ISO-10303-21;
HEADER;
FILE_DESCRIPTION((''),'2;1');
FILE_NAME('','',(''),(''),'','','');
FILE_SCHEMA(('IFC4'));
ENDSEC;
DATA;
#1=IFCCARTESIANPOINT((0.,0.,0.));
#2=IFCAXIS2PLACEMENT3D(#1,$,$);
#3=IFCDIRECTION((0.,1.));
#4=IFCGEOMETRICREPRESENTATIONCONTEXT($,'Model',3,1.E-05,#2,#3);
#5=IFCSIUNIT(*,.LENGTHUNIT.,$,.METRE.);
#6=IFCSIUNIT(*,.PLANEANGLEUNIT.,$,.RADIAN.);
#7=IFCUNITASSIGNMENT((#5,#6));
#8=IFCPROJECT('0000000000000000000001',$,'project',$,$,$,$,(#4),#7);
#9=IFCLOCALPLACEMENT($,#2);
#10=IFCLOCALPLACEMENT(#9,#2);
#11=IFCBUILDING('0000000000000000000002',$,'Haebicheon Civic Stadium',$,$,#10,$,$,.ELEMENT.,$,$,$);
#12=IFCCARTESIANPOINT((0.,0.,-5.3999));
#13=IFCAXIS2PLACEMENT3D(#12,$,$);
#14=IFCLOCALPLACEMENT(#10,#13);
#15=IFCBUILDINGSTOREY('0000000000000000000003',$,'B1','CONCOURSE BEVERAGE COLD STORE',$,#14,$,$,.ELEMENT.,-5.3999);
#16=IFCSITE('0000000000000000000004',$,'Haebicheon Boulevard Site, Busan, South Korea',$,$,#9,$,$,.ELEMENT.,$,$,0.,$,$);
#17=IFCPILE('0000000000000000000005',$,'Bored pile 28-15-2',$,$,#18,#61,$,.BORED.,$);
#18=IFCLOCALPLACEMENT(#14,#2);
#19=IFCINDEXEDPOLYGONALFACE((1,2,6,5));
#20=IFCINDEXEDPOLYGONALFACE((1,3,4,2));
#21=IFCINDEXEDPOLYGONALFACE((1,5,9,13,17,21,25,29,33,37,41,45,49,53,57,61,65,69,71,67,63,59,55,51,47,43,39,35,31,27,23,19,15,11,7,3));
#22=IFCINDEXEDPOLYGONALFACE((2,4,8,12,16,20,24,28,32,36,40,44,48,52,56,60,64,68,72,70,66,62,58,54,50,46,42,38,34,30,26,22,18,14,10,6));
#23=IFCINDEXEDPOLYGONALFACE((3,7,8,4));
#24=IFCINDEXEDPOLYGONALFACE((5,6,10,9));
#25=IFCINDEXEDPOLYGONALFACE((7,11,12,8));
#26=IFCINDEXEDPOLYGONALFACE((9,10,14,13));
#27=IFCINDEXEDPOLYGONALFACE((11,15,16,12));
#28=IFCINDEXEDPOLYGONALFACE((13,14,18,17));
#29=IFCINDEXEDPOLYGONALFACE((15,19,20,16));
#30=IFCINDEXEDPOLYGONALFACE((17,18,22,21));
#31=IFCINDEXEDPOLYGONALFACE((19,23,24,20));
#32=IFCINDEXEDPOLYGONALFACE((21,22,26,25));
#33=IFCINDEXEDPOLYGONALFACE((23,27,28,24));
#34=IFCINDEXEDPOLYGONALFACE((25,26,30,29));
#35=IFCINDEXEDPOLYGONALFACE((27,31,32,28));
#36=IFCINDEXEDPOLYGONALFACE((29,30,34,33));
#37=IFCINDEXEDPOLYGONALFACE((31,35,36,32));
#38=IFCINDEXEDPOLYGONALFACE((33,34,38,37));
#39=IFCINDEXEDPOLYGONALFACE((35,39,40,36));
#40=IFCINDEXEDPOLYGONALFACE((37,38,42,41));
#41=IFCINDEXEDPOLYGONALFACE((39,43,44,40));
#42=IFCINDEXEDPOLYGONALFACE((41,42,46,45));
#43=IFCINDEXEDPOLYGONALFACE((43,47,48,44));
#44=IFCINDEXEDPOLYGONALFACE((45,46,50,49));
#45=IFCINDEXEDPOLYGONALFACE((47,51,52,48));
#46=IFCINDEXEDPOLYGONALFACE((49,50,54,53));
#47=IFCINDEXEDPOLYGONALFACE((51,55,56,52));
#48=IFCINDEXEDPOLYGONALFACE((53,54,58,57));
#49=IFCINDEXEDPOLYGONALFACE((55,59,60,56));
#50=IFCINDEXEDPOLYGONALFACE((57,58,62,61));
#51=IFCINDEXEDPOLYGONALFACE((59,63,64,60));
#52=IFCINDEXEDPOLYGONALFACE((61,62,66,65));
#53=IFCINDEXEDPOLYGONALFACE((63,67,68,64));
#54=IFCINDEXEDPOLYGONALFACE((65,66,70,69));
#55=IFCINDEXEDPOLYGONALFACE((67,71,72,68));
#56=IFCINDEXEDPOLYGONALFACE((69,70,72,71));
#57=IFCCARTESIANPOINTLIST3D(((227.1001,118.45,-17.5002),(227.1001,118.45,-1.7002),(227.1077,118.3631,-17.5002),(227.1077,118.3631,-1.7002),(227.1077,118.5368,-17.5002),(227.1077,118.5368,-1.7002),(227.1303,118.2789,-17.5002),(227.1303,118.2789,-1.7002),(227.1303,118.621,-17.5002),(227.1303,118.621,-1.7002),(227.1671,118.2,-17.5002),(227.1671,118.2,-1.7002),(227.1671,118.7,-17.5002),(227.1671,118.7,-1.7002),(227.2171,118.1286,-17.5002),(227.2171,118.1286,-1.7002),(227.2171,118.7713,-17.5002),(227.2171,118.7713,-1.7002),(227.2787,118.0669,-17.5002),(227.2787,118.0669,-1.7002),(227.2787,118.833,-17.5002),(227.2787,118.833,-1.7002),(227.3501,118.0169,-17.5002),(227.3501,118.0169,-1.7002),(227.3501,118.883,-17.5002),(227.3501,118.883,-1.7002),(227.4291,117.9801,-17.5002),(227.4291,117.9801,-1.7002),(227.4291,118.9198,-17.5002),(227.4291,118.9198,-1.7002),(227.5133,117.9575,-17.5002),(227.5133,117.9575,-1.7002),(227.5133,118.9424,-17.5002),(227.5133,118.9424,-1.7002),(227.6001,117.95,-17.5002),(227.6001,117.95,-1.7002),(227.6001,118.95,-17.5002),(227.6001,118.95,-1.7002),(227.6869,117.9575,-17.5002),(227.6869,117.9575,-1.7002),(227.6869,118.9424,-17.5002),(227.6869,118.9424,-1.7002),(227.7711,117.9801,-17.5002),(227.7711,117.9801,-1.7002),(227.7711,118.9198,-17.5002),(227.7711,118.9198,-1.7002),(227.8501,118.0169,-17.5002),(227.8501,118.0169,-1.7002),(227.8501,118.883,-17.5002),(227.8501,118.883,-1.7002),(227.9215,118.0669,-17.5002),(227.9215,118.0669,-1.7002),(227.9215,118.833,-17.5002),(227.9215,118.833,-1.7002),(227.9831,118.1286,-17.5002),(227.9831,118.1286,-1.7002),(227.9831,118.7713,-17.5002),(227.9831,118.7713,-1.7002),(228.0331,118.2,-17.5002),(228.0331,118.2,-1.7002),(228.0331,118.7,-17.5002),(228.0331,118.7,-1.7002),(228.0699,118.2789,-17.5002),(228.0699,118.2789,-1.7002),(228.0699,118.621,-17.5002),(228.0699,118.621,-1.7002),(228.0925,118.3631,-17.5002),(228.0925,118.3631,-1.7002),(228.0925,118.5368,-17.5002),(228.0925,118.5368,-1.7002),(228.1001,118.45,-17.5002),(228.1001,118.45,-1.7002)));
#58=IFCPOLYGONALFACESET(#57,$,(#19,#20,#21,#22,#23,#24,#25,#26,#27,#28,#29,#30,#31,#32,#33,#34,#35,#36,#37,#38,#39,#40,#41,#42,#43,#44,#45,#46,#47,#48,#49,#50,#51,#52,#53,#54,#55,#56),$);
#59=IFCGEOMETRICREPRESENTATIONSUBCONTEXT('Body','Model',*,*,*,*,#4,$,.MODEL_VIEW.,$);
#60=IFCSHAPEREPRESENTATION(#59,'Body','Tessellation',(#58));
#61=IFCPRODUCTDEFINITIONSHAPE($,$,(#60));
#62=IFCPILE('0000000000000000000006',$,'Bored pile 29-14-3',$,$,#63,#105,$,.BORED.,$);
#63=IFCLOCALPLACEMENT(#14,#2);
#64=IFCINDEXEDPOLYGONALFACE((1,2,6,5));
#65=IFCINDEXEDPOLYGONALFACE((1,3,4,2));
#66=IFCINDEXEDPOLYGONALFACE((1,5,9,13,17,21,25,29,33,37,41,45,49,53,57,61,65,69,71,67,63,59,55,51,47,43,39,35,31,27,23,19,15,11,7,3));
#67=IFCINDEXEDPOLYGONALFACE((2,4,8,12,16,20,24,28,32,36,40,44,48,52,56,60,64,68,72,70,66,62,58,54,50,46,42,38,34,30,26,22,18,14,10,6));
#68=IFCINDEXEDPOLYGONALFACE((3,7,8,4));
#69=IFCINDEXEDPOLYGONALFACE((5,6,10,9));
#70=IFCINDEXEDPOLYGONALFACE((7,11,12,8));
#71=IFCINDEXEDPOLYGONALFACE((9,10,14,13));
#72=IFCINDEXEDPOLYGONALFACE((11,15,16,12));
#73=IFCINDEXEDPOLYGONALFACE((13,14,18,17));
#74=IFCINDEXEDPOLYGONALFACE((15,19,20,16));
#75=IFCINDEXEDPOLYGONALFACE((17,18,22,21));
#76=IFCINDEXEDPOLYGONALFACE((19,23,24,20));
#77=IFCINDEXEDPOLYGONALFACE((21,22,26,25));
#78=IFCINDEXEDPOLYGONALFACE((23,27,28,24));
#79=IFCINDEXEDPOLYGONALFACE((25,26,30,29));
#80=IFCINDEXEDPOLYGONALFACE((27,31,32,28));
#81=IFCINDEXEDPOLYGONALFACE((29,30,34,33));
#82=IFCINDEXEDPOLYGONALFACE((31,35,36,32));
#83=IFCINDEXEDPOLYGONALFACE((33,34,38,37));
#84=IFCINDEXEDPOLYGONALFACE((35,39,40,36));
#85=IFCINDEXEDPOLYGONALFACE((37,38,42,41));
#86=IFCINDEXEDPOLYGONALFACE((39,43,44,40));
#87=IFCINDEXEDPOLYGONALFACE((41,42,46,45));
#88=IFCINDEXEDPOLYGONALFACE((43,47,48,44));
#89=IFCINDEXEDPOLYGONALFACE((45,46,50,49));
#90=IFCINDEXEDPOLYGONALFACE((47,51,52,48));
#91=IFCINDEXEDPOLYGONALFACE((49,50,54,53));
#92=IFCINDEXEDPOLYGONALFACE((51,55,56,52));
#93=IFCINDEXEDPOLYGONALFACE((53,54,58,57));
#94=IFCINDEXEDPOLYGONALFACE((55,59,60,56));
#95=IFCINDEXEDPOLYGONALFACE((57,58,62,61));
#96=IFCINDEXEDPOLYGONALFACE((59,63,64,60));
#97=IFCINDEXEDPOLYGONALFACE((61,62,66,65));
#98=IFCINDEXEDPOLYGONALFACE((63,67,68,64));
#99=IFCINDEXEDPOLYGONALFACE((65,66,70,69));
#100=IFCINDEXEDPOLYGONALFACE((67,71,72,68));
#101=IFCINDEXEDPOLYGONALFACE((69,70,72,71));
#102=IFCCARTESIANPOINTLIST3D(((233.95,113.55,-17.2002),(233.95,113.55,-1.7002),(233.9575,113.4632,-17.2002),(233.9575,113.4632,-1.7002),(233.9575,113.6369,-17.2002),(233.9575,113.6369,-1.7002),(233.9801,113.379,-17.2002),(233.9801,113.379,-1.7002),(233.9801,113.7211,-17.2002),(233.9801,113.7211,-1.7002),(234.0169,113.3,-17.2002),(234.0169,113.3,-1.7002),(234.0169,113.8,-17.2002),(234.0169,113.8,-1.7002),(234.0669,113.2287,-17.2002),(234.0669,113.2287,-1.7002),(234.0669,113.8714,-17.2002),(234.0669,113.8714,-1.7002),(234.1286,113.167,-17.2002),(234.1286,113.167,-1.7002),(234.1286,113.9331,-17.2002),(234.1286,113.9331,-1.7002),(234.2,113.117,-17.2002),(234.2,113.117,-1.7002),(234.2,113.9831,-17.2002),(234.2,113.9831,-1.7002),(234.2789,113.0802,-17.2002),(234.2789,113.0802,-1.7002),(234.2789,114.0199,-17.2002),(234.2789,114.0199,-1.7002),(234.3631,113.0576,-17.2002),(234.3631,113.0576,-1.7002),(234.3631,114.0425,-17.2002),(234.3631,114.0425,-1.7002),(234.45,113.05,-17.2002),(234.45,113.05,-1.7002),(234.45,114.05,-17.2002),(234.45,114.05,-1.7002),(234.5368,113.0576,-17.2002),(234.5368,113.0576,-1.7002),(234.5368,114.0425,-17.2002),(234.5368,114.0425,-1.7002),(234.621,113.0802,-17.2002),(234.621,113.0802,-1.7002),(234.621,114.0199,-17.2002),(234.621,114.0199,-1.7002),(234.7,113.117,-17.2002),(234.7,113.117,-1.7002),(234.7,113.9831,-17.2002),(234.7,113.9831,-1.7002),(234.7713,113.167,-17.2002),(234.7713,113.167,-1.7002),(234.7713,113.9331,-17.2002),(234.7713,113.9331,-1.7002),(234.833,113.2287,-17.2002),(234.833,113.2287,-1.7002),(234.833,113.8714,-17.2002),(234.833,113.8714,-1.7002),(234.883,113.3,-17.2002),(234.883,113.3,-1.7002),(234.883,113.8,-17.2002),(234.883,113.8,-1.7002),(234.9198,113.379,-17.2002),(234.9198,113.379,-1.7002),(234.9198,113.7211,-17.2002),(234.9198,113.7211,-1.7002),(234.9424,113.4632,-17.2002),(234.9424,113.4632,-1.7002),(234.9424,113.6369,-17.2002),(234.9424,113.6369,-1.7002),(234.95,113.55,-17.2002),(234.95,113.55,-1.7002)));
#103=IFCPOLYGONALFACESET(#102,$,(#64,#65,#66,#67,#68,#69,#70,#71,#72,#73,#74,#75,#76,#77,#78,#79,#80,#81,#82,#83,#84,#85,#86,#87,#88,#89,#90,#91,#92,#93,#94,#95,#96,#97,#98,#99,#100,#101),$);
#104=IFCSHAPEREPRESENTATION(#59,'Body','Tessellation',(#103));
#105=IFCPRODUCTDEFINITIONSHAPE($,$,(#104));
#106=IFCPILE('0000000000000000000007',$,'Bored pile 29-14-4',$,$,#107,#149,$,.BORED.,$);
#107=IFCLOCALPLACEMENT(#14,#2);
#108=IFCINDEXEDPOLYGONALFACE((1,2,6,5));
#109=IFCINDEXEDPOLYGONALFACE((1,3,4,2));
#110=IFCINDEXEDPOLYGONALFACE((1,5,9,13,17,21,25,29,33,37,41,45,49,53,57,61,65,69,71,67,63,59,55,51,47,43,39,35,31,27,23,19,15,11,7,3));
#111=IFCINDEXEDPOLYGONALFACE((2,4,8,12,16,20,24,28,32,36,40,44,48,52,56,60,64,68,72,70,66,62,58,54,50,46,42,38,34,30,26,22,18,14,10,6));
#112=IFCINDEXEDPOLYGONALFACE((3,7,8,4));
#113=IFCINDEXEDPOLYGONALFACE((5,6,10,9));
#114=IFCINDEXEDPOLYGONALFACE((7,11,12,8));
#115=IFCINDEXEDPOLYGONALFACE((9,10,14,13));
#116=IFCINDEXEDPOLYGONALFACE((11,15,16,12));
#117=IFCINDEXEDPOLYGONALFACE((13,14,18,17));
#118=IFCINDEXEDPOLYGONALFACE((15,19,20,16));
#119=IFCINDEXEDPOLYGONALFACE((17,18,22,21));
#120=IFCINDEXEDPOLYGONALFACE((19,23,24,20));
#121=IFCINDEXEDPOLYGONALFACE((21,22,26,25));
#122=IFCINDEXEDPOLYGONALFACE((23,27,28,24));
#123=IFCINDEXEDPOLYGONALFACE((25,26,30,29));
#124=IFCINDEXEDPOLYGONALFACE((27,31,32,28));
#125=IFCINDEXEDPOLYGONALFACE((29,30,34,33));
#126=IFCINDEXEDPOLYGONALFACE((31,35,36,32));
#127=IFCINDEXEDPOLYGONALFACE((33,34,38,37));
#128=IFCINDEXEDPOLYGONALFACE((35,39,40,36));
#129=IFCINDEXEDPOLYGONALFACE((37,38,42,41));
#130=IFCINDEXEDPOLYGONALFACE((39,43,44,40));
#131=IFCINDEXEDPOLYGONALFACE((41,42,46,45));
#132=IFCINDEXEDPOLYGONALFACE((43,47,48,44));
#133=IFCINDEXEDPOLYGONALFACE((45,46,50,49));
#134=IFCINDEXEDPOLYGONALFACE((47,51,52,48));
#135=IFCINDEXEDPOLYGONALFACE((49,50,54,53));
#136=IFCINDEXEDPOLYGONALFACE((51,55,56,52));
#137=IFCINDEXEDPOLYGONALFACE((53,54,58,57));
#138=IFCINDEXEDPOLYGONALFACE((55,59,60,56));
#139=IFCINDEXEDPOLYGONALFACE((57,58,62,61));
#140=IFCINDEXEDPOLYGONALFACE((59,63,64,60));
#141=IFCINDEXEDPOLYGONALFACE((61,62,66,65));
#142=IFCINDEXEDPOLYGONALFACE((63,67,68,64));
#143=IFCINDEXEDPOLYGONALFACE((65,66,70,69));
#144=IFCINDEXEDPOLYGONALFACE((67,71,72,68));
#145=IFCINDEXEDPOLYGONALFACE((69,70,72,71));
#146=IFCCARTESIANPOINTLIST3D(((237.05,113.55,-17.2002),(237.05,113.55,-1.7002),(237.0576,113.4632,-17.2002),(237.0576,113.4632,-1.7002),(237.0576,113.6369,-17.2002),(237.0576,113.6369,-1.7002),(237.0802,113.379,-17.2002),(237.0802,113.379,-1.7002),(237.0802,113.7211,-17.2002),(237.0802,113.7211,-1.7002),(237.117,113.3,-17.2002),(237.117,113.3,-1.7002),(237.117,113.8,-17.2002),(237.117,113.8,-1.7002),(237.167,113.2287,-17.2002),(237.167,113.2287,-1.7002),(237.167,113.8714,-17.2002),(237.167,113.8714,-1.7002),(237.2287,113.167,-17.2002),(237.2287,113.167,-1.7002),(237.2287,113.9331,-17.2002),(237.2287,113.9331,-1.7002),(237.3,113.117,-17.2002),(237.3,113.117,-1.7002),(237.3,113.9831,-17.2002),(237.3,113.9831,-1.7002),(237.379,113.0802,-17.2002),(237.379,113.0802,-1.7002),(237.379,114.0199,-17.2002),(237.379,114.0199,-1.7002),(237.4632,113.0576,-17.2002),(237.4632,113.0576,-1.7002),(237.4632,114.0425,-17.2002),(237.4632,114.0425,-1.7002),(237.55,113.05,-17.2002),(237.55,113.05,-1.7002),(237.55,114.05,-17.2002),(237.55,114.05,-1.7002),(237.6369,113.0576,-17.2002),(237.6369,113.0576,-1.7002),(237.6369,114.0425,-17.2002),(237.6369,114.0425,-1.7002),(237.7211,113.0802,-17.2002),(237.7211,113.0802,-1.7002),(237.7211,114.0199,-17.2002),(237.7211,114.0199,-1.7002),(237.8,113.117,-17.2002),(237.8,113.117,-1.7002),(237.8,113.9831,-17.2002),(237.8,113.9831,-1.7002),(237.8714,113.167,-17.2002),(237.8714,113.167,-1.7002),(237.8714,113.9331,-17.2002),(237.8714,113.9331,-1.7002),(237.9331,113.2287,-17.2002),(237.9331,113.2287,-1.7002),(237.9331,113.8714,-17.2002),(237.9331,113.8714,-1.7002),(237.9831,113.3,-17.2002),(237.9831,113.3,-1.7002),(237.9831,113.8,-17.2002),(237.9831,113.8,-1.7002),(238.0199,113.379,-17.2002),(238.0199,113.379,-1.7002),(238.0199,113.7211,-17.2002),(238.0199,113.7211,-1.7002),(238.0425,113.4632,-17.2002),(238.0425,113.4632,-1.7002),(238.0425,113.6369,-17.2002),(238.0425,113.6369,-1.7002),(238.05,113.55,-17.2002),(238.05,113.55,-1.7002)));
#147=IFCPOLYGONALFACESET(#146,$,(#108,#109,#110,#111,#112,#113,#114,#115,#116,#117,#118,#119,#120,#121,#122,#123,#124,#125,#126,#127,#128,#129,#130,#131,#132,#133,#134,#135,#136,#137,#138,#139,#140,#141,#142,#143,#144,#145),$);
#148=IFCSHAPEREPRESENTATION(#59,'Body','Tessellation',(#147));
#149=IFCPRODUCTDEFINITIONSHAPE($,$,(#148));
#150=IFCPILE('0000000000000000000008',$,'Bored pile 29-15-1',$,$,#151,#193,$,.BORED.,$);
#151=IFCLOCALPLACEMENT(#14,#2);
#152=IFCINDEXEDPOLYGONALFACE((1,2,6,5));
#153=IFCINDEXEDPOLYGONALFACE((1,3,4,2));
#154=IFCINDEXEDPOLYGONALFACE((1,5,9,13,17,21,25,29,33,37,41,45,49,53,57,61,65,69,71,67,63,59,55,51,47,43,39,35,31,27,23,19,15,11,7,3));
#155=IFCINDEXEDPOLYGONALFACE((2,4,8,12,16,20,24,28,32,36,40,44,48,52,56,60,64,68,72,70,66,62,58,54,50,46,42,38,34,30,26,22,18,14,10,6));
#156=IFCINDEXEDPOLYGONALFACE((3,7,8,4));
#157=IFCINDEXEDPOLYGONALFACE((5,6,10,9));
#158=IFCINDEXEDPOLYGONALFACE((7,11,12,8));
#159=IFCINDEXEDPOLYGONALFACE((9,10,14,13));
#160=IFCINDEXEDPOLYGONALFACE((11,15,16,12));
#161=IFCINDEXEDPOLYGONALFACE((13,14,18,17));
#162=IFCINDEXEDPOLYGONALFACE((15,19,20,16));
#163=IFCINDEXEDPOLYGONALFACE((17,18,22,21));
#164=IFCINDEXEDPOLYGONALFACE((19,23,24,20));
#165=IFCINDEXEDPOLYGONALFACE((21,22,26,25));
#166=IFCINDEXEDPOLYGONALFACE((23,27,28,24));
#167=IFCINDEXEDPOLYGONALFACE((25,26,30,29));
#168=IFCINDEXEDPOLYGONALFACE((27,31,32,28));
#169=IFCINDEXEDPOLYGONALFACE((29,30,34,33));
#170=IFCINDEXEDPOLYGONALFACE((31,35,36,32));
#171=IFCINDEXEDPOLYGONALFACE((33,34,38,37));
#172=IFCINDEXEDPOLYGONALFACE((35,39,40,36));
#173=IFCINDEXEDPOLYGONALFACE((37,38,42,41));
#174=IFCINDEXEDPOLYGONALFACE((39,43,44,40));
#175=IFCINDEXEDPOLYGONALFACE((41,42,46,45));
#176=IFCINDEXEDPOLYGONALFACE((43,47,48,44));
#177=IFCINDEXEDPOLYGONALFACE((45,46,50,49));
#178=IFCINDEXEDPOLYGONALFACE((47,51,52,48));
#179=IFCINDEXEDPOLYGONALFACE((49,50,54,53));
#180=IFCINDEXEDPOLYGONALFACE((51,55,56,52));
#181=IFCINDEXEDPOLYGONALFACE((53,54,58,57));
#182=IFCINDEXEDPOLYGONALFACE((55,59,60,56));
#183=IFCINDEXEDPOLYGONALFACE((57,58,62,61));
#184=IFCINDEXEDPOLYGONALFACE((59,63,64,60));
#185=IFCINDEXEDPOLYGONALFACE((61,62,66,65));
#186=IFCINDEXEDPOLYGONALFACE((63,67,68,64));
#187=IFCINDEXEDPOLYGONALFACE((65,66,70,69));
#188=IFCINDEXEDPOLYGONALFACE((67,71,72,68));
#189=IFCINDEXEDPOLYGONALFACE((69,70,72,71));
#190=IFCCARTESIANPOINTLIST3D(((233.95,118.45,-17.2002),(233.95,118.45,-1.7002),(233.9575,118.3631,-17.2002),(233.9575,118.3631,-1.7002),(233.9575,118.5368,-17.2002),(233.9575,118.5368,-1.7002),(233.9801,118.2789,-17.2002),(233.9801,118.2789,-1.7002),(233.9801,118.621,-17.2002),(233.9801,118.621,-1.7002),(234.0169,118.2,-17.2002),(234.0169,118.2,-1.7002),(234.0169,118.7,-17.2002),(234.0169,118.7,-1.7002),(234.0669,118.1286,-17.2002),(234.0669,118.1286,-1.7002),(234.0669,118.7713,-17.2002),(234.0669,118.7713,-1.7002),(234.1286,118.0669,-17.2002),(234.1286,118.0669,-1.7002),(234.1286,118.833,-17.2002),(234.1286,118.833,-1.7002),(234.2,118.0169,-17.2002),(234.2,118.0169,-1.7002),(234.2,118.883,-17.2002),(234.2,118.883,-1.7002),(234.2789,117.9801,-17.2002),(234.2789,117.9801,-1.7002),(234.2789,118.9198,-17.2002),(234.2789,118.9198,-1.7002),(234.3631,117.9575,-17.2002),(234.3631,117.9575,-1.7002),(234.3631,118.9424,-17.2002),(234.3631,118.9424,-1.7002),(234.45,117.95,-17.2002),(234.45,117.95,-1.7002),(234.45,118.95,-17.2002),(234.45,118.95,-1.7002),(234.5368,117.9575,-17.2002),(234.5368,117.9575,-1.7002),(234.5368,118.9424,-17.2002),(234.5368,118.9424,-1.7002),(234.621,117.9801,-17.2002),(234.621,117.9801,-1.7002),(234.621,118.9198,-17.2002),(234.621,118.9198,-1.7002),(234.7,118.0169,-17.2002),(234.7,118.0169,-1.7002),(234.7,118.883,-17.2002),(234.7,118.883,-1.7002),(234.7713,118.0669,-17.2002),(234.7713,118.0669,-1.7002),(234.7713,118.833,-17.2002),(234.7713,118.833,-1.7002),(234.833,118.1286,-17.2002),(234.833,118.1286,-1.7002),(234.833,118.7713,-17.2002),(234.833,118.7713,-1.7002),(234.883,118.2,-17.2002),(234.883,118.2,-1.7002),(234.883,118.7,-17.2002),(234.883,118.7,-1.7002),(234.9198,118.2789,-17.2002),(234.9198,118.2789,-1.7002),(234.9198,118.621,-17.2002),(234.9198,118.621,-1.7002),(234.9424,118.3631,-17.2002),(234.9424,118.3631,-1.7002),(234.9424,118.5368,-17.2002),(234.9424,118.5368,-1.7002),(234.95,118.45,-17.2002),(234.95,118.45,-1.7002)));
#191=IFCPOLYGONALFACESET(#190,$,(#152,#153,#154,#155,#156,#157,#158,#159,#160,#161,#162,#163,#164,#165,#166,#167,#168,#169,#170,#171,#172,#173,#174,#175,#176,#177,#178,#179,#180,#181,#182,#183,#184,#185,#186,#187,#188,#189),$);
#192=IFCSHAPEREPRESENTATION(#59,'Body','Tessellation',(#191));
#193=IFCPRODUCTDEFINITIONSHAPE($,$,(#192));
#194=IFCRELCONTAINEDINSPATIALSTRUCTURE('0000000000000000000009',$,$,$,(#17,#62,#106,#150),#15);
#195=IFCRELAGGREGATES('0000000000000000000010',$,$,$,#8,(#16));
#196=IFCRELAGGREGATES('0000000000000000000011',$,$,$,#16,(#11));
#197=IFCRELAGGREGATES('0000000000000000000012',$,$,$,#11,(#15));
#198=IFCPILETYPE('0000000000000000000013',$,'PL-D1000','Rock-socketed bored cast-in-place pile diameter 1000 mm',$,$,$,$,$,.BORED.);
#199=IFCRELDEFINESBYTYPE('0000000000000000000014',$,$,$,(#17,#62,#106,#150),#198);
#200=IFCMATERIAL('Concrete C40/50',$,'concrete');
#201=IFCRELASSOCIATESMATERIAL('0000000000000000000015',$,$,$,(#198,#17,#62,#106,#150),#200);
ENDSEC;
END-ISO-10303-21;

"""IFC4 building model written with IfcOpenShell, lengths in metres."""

from ifc_helpers import new_model, si_unit, direction, frame, origin, origin_2d, place, context, subcontext, project, spatial, circle, extrude, material, material_profile, profile_set, type_object, element, save


model = new_model("IFC4")

# Units and contexts
model_context = context("Model", 3, precision=1e-05, world=origin(), true_north=direction((0.0, 1.0)))
body_context = subcontext(model_context, "Body", "Model", "MODEL_VIEW")
ifc_project = project(units=[si_unit("LENGTHUNIT", "METRE"), si_unit("PLANEANGLEUNIT", "RADIAN")], contexts=[model_context])

# Site, building, storey
site_placement = place(None, origin())
site = spatial("IfcSite", under=ifc_project, at=site_placement, Name="Haebicheon Boulevard Site, Busan, South Korea", CompositionType="ELEMENT", RefElevation=0.0)
building_placement = place(site_placement, origin())
building = spatial("IfcBuilding", under=site, at=building_placement, Name="Haebicheon Civic Stadium", CompositionType="ELEMENT")
storey_placement = place(building_placement, frame((0.0, 0.0, -5.3999)))
storey = spatial("IfcBuildingStorey", under=building, at=storey_placement, Name="B1", Description="CONCOURSE BEVERAGE COLD STORE", CompositionType="ELEMENT", Elevation=-5.3999)

# Piles
ifc_material_1 = material(Name="Concrete C40/50", Category="concrete")
ifc_material_profile_1 = material_profile(ifc_material_1, circle(Radius=0.5, at=origin_2d()), Name="PILE-D1000")
ifc_profile_set_1 = profile_set([ifc_material_profile_1], Name="Concrete C40/50")
pile_type = type_object("IfcPileType", Name="PL-D1000", Description="Rock-socketed bored cast-in-place pile diameter 1000 mm", PredefinedType="BORED", material=ifc_profile_set_1)
for number, where, z_axis, x_axis, name in (
    (1, (227.6001, 118.45, -1.7002), (0.0, 0.0, -1.0), (1.0, 0.0, 0.0), "Bored pile 28-15-2"),
):
    element("IfcPile", number, at=place(storey_placement, frame(where, z_axis=z_axis, x_axis=x_axis)), inside=storey, type_object=pile_type, material=ifc_profile_set_1, Name=name, PredefinedType="BORED", context=body_context, shape_type="SweptSolid", body=[
        extrude(circle(Radius=0.5, at=origin_2d()), origin(), (0.0, 0.0, 1.0), 15.8),
    ])
for number, where, z_axis, x_axis, name in (
    (2, (234.45, 113.55, -1.7002), (0.0, 0.0, -1.0), (1.0, 0.0, 0.0), "Bored pile 29-14-3"),
    (3, (237.55, 113.55, -1.7002), (0.0, 0.0, -1.0), (1.0, 0.0, 0.0), "Bored pile 29-14-4"),
    (4, (234.45, 118.45, -1.7002), (0.0, 0.0, -1.0), (1.0, 0.0, 0.0), "Bored pile 29-15-1"),
):
    element("IfcPile", number, at=place(storey_placement, frame(where, z_axis=z_axis, x_axis=x_axis)), inside=storey, type_object=pile_type, material=ifc_profile_set_1, Name=name, PredefinedType="BORED", context=body_context, shape_type="SweptSolid", body=[
        extrude(circle(Radius=0.5, at=origin_2d()), origin(), (0.0, 0.0, 1.0), 15.5),
    ])

save(model, "model.ifc")
